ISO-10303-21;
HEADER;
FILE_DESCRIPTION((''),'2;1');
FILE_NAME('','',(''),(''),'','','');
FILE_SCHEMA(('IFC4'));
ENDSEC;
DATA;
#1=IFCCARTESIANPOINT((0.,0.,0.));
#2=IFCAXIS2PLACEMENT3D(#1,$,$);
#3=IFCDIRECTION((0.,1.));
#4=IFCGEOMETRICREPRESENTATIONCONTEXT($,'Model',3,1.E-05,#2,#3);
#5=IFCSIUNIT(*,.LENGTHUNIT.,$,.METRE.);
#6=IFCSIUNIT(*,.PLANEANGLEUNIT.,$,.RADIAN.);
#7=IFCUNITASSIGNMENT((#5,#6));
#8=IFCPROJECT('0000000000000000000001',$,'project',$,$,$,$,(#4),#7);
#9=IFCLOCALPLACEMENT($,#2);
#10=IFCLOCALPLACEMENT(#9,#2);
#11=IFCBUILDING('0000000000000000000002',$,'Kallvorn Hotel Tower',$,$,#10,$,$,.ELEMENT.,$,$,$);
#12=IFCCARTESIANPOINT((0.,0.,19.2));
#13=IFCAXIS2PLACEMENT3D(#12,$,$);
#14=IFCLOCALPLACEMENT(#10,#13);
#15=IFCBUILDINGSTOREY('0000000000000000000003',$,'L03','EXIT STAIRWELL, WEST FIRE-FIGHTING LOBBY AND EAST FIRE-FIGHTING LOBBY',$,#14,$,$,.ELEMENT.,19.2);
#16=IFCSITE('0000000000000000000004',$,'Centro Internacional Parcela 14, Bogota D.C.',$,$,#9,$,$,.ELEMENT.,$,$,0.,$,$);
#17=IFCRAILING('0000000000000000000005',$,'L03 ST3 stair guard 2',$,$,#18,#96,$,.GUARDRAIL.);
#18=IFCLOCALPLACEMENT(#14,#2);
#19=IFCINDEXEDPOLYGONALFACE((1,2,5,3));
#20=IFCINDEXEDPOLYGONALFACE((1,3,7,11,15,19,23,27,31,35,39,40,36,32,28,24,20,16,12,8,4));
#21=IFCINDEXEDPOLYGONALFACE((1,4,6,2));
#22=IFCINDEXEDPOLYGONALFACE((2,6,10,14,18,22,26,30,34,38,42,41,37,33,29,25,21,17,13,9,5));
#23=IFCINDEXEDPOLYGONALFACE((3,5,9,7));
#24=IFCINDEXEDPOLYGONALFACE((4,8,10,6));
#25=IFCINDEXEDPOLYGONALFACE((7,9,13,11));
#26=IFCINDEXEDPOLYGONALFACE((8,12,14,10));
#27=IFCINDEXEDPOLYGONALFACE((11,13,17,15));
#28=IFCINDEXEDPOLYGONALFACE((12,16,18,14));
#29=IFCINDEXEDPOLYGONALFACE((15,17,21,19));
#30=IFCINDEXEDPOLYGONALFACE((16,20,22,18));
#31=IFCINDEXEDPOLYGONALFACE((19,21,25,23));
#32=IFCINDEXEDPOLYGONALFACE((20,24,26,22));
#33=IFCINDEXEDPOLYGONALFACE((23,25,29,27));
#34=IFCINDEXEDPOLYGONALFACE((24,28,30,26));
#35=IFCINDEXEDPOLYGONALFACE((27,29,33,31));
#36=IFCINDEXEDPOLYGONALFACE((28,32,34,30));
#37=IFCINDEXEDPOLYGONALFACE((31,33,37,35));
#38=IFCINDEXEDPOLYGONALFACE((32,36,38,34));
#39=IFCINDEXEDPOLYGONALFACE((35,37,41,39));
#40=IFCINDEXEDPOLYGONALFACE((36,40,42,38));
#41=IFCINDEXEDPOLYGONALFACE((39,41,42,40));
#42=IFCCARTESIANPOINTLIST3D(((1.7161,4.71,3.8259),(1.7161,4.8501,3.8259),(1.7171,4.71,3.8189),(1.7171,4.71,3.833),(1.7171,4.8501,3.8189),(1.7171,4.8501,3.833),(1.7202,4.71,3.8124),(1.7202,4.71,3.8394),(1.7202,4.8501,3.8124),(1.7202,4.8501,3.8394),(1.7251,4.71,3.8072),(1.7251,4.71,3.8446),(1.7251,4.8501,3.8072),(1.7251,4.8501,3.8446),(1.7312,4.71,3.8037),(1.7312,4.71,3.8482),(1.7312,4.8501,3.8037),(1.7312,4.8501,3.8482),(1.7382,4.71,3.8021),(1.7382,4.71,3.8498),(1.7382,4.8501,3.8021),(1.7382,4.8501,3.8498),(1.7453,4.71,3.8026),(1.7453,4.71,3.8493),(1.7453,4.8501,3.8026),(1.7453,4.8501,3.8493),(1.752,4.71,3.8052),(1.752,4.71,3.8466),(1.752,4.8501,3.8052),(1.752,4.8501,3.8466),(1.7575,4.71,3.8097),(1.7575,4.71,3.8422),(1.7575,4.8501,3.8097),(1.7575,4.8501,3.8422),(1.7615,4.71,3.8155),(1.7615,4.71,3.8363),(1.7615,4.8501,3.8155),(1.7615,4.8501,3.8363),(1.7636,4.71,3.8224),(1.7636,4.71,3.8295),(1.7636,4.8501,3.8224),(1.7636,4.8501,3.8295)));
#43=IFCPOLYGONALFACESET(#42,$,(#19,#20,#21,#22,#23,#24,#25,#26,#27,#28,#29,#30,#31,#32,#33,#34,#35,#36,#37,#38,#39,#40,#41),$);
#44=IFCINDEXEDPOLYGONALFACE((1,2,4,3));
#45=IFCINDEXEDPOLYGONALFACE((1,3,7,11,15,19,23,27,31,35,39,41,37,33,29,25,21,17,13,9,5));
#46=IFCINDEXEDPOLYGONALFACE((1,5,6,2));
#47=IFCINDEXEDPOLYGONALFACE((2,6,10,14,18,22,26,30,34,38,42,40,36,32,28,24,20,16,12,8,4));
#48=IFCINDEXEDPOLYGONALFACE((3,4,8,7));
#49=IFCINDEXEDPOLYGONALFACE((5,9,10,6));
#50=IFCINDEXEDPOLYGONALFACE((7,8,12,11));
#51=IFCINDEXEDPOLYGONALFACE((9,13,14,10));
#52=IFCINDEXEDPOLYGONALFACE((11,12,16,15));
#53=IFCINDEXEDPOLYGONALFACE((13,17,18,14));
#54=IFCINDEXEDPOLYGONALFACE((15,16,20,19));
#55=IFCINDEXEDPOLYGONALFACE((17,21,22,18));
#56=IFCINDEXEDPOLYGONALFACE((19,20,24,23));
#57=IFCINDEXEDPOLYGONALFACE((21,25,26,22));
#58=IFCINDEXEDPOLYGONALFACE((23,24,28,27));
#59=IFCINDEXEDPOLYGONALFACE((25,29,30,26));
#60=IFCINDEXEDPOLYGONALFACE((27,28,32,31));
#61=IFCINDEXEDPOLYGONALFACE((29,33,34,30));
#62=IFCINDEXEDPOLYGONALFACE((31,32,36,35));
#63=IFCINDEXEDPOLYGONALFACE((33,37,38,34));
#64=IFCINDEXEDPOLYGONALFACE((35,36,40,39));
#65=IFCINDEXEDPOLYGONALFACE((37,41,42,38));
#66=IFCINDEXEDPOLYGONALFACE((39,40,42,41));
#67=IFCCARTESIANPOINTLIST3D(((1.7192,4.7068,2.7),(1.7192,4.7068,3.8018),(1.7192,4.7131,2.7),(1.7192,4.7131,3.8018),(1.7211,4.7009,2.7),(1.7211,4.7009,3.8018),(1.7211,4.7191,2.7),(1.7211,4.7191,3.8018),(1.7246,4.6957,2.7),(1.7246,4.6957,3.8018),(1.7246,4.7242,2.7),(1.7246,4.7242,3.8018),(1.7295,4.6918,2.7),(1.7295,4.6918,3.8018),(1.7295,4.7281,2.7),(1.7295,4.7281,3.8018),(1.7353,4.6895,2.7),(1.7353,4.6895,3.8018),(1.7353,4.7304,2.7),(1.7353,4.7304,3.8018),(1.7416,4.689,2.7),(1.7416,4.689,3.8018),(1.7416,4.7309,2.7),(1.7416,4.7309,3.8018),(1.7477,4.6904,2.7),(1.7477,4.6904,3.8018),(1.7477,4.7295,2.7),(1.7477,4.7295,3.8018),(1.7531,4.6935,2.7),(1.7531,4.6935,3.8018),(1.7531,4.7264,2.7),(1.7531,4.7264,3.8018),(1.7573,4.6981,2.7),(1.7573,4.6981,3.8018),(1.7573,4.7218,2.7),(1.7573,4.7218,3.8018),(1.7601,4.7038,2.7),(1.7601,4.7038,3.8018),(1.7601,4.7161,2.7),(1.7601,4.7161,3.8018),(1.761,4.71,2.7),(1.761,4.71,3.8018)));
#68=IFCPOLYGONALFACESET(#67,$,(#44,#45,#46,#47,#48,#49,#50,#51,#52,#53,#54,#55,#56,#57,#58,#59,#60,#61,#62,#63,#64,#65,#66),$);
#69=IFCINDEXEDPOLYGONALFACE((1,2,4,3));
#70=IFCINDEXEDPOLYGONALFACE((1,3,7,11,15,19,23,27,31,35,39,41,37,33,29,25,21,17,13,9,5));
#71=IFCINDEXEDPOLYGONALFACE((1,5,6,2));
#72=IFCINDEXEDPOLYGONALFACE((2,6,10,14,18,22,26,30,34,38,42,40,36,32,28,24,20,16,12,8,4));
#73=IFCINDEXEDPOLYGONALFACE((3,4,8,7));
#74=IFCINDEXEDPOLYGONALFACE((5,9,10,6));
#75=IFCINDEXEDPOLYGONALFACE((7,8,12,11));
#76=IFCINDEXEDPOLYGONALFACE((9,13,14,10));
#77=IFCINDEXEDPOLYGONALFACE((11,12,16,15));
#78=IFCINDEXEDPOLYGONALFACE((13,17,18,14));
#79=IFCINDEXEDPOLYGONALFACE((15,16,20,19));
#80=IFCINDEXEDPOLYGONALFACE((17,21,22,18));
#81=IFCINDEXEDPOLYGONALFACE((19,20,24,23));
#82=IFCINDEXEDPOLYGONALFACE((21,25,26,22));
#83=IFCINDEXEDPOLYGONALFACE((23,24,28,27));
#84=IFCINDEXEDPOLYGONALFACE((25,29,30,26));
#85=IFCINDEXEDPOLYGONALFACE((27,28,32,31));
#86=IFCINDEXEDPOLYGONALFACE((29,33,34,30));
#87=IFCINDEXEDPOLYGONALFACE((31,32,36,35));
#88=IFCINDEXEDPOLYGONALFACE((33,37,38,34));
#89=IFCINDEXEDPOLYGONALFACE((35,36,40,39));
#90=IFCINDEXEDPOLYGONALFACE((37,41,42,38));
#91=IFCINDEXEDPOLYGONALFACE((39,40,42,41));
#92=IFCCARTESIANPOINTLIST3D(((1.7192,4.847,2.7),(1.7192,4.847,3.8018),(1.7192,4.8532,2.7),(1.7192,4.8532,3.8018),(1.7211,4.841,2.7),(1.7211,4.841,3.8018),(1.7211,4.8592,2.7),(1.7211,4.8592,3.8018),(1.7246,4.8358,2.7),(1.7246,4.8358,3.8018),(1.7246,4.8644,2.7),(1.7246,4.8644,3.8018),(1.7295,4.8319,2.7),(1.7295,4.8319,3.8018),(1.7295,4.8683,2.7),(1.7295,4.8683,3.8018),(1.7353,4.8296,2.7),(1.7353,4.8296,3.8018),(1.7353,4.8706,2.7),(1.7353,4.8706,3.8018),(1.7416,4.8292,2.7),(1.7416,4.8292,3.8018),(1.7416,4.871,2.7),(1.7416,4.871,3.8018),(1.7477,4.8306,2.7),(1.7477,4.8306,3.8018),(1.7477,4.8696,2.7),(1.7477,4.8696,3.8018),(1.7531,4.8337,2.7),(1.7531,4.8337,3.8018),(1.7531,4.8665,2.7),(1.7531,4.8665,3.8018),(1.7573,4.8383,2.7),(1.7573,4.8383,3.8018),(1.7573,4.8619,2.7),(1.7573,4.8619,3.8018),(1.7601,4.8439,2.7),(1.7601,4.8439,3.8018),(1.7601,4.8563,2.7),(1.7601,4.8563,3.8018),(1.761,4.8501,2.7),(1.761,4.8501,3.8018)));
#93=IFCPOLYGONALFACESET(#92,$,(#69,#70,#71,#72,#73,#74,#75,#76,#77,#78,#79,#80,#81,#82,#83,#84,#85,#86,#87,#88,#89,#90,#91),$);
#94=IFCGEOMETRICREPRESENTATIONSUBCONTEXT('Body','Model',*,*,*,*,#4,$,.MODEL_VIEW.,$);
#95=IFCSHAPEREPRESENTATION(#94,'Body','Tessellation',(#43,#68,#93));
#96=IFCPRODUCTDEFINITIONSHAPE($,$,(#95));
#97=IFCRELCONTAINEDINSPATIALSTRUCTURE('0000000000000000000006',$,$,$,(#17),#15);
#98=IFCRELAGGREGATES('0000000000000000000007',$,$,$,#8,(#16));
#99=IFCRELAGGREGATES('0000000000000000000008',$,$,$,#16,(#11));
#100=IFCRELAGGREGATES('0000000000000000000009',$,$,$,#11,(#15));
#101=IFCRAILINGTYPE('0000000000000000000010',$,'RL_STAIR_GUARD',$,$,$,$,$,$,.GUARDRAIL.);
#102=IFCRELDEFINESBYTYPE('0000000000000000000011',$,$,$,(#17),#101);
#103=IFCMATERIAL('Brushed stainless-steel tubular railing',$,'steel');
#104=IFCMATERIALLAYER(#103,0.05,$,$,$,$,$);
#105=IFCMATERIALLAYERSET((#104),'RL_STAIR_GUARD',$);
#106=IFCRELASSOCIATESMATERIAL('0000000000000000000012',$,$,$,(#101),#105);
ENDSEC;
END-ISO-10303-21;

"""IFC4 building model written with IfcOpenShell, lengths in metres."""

from ifc_helpers import new_model, si_unit, direction, frame, origin, origin_2d, place, context, subcontext, project, spatial, circle, extrude, material, layer, layer_set, type_object, element, save


model = new_model("IFC4")

# Units and contexts
model_context = context("Model", 3, precision=1e-05, world=origin(), true_north=direction((0.0, 1.0)))
body_context = subcontext(model_context, "Body", "Model", "MODEL_VIEW")
ifc_project = project(units=[si_unit("LENGTHUNIT", "METRE"), si_unit("PLANEANGLEUNIT", "RADIAN")], contexts=[model_context])

# Site, building, storey
site_placement = place(None, origin())
site = spatial("IfcSite", under=ifc_project, at=site_placement, Name="Centro Internacional Parcela 14, Bogota D.C.", CompositionType="ELEMENT", RefElevation=0.0)
building_placement = place(site_placement, origin())
building = spatial("IfcBuilding", under=site, at=building_placement, Name="Kallvorn Hotel Tower", CompositionType="ELEMENT")
storey_placement = place(building_placement, frame((0.0, 0.0, 19.2)))
storey = spatial("IfcBuildingStorey", under=building, at=storey_placement, Name="L03", Description="EXIT STAIRWELL, WEST FIRE-FIGHTING LOBBY AND EAST FIRE-FIGHTING LOBBY", CompositionType="ELEMENT", Elevation=19.2)

# Railing
ifc_material_1 = material(Name="Brushed stainless-steel tubular railing", Category="steel")
ifc_layer_1 = layer(ifc_material_1, 0.05)
ifc_layer_set_1 = layer_set([ifc_layer_1], Name="RL_STAIR_GUARD")
railing_type_1 = type_object("IfcRailingType", Name="RL_STAIR_GUARD", PredefinedType="GUARDRAIL", material=ifc_layer_set_1)
railing_1_placement = place(storey_placement, frame((1.74, 4.71, 2.7)))
element("IfcRailing", 1, at=railing_1_placement, inside=storey, type_object=railing_type_1, Name="L03 ST3 stair guard 2", PredefinedType="GUARDRAIL", context=body_context, shape_type="SweptSolid", body=[
    extrude(circle(Radius=0.0239, at=origin_2d()), frame((0.0, 0.0, 1.126), z_axis=(0.0, 1.0, 0.0), x_axis=(-1.0, 0.0, 0.0)), (0.0, 0.0, 1.0), 0.1401),
    extrude(circle(Radius=0.021, at=origin_2d()), origin(), (0.0, 0.0, 1.0), 1.1018),
    extrude(circle(Radius=0.021, at=origin_2d()), frame((0.0, 0.1401, 0.0)), (0.0, 0.0, 1.0), 1.1018),
])

save(model, "model.ifc")
